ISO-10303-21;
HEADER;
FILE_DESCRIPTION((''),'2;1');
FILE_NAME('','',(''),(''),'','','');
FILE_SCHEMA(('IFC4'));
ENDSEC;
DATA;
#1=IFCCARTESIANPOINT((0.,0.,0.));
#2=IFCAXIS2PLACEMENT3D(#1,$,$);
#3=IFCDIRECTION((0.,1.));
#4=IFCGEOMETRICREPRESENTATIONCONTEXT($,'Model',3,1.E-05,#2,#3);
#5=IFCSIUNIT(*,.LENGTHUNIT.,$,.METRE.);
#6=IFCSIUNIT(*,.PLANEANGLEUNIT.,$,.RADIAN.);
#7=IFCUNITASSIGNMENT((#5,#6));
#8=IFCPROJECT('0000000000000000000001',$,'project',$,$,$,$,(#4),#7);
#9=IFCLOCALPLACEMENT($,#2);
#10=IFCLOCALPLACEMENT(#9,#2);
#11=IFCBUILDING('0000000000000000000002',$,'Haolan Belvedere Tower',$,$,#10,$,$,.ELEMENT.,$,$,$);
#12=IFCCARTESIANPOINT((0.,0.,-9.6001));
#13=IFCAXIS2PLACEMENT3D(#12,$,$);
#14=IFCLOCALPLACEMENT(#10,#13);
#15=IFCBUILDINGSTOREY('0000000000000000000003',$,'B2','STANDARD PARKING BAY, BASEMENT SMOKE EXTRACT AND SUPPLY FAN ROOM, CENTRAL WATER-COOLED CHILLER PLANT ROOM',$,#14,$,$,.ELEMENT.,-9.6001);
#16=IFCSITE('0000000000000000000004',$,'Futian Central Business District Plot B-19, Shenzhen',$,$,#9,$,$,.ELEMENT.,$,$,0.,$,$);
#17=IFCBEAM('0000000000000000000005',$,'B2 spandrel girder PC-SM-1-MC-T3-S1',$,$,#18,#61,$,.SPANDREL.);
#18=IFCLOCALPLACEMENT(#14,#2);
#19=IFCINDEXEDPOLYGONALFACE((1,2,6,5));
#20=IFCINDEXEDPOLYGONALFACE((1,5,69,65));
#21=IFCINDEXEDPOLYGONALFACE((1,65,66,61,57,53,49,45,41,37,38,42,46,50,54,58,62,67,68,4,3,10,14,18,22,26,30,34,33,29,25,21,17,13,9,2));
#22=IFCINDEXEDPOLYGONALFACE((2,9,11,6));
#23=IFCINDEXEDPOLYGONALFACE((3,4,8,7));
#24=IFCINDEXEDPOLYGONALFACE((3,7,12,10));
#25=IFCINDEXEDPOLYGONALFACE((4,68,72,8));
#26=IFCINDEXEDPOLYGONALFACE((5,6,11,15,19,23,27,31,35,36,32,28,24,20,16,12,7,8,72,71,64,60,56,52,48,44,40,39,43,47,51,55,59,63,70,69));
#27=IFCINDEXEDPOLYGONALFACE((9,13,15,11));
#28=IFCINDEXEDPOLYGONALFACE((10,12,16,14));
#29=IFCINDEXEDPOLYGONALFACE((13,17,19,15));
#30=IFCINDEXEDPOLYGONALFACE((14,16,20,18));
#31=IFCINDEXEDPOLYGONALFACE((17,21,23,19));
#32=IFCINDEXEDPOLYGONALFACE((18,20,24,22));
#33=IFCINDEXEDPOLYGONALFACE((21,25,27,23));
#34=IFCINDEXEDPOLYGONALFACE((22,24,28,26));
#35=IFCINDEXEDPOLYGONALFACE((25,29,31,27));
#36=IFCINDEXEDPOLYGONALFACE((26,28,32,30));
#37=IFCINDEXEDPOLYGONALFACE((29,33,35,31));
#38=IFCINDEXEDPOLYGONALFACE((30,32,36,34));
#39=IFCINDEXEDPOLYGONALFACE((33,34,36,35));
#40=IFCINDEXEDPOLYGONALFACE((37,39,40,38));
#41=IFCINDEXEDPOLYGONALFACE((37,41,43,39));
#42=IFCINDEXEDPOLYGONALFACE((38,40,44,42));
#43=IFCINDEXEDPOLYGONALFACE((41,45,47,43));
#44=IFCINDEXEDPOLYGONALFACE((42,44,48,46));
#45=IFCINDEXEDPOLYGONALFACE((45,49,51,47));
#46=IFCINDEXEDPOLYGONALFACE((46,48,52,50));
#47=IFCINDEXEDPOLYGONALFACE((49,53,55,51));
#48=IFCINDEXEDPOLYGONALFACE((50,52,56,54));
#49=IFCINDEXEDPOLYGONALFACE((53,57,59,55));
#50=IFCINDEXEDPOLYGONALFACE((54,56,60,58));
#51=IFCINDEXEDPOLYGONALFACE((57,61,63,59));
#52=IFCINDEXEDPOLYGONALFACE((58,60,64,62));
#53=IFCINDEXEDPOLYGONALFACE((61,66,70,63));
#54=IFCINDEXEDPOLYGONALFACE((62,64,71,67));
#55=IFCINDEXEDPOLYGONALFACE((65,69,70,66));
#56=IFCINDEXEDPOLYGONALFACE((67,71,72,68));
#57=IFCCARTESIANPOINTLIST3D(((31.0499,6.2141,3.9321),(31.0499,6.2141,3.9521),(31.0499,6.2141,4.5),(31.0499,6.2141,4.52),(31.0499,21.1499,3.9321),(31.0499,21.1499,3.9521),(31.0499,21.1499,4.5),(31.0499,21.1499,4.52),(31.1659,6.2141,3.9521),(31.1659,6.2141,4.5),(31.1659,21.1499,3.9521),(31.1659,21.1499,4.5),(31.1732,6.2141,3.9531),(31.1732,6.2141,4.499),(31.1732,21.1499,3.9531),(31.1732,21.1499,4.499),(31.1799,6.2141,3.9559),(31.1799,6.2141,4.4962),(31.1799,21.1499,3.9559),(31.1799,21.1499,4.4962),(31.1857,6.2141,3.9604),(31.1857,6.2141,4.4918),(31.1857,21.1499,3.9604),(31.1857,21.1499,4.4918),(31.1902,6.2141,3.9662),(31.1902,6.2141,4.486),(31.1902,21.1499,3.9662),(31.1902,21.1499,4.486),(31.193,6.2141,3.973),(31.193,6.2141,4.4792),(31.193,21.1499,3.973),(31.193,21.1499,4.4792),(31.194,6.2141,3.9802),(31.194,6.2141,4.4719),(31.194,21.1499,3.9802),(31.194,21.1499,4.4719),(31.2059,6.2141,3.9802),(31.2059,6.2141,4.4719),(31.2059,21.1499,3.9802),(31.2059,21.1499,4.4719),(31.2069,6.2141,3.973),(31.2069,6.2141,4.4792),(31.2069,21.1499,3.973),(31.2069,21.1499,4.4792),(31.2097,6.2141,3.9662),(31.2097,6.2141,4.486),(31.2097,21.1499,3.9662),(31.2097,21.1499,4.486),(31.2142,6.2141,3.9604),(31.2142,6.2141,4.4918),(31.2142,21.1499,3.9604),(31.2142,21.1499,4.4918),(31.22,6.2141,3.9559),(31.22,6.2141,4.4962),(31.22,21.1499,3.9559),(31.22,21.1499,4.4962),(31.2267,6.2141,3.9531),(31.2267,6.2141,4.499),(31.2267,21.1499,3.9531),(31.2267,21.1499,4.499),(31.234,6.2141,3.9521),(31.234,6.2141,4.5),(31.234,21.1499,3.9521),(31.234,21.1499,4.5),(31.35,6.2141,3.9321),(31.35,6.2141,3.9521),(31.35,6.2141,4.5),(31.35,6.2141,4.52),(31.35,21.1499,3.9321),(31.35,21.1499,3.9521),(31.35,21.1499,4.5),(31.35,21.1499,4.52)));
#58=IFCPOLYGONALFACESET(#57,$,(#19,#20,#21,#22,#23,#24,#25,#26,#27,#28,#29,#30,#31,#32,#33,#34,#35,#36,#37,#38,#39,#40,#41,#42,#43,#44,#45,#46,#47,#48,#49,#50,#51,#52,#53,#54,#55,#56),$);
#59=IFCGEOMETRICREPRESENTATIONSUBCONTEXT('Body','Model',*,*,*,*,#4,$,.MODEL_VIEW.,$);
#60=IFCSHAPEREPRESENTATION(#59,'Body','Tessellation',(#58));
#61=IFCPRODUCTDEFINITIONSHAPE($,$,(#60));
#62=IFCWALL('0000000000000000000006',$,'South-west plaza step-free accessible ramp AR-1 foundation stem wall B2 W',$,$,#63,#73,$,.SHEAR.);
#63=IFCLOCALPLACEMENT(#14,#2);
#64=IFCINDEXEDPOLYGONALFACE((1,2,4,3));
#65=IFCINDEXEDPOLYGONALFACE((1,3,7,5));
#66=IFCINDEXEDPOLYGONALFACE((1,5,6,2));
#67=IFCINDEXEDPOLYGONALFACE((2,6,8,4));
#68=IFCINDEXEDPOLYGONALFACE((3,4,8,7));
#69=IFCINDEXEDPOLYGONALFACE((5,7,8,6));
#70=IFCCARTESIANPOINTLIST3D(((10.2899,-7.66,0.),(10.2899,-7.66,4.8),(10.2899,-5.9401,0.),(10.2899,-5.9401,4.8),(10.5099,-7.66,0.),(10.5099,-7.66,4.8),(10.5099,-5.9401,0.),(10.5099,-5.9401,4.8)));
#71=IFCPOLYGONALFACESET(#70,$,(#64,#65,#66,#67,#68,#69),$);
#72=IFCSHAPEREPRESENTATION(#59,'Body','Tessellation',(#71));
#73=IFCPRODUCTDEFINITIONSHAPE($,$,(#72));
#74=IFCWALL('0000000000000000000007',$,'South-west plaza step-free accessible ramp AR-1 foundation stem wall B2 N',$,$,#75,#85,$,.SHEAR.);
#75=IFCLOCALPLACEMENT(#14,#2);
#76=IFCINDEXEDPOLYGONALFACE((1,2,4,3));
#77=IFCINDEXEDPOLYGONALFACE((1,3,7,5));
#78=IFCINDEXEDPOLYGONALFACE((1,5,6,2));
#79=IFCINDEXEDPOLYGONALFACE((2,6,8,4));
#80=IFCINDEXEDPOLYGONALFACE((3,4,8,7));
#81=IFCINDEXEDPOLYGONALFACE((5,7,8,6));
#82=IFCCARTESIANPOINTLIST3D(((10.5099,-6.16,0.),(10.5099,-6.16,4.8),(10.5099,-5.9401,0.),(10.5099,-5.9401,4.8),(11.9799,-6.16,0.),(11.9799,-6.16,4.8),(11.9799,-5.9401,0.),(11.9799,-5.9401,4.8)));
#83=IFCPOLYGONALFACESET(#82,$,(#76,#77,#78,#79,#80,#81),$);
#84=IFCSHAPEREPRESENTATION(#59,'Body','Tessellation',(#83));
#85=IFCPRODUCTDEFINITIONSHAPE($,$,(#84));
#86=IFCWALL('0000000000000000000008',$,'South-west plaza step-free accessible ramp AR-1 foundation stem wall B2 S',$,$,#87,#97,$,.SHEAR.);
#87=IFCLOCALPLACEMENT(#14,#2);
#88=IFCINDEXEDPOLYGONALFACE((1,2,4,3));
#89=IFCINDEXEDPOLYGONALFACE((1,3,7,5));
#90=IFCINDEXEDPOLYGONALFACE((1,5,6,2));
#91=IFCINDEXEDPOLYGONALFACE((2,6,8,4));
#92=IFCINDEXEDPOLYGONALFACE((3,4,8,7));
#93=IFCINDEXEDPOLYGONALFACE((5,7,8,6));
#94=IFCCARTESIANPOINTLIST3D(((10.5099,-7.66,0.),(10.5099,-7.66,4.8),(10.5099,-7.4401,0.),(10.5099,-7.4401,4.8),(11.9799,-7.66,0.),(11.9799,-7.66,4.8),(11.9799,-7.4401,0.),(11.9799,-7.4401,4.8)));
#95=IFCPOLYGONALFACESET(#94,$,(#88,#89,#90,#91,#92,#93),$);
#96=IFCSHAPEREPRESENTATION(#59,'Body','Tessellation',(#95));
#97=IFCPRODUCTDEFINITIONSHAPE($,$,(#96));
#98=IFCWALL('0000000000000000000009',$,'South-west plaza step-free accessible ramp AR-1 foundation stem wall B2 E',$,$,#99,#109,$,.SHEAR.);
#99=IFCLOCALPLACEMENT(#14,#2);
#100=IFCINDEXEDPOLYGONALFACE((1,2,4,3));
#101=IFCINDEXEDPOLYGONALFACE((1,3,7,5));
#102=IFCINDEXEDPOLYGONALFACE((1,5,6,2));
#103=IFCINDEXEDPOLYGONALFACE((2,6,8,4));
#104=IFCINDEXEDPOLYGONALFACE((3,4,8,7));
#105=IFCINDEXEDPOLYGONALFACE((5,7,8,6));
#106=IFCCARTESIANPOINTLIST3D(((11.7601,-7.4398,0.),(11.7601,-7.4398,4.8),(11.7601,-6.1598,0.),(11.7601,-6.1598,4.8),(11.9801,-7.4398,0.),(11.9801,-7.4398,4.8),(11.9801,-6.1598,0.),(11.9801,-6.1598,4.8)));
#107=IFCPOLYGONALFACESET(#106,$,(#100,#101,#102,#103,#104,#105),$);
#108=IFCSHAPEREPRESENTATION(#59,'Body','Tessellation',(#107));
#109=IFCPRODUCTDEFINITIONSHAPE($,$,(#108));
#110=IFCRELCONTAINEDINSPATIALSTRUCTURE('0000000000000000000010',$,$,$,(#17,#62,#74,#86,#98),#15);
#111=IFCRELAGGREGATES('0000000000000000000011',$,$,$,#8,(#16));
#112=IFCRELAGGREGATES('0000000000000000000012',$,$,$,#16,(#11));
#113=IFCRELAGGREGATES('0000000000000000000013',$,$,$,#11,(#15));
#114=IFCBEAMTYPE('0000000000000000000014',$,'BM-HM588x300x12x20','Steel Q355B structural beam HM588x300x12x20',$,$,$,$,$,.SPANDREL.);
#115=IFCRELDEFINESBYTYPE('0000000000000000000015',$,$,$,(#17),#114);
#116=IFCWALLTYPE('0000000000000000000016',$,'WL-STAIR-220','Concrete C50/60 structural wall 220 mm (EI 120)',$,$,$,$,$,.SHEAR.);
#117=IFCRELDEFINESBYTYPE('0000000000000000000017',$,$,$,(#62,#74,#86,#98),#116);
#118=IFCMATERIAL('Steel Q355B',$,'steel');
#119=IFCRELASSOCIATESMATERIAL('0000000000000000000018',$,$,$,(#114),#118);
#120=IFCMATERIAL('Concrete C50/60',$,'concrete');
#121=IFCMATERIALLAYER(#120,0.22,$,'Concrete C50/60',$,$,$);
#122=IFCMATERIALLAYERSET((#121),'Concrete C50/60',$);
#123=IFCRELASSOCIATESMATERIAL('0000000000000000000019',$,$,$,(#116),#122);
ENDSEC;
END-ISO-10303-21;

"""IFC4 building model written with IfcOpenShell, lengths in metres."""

from ifc_helpers import new_model, si_unit, direction, frame, frame_2d, origin, origin_2d, place, context, subcontext, project, spatial, rectangle, i_section, extrude, material, layer, layer_set, material_profile, profile_set, type_object, element, save


model = new_model("IFC4")

# Units and contexts
model_context = context("Model", 3, precision=1e-05, world=origin(), true_north=direction((0.0, 1.0)))
body_context = subcontext(model_context, "Body", "Model", "MODEL_VIEW")
ifc_project = project(units=[si_unit("LENGTHUNIT", "METRE"), si_unit("PLANEANGLEUNIT", "RADIAN")], contexts=[model_context])

# Site, building, storey
site_placement = place(None, origin())
site = spatial("IfcSite", under=ifc_project, at=site_placement, Name="Futian Central Business District Plot B-19, Shenzhen", CompositionType="ELEMENT", RefElevation=0.0)
building_placement = place(site_placement, origin())
building = spatial("IfcBuilding", under=site, at=building_placement, Name="Haolan Belvedere Tower", CompositionType="ELEMENT")
storey_placement = place(building_placement, frame((0.0, 0.0, -9.6001)))
storey = spatial("IfcBuildingStorey", under=building, at=storey_placement, Name="B2", Description="STANDARD PARKING BAY, BASEMENT SMOKE EXTRACT AND SUPPLY FAN ROOM, CENTRAL WATER-COOLED CHILLER PLANT ROOM", CompositionType="ELEMENT", Elevation=-9.6001)

# Shared definitions
ifc_material_1 = material(Name="Concrete C50/60", Category="concrete")

# Beam
ifc_material_2 = material(Name="Steel Q355B", Category="steel")
ifc_material_profile_1 = material_profile(ifc_material_2, i_section(OverallWidth=0.3, OverallDepth=0.5879, WebThickness=0.012, FlangeThickness=0.02, FilletRadius=0.0281, at=origin_2d()), Name="Steel Q355B")
ifc_profile_set_1 = profile_set([ifc_material_profile_1], Name="Steel Q355B")
beam_type = type_object("IfcBeamType", Name="BM-HM588x300x12x20", Description="Steel Q355B structural beam HM588x300x12x20", PredefinedType="SPANDREL", material=ifc_profile_set_1)
beam_1_placement = place(storey_placement, frame((31.2, 6.2141, 4.2261), z_axis=(0.0, 1.0, 0.0), x_axis=(-1.0, 0.0, 0.0)))
element("IfcBeam", 1, at=beam_1_placement, inside=storey, type_object=beam_type, Name="B2 spandrel girder PC-SM-1-MC-T3-S1", PredefinedType="SPANDREL", context=body_context, shape_type="SweptSolid", body=[
    extrude(i_section(OverallWidth=0.3, OverallDepth=0.5879, WebThickness=0.012, FlangeThickness=0.02, FilletRadius=0.0281, at=origin_2d()), origin(), (0.0, 0.0, 1.0), 14.9358),
])

# Walls
ifc_layer_1 = layer(ifc_material_1, 0.22, Name="Concrete C50/60")
ifc_layer_set_1 = layer_set([ifc_layer_1], Name="Concrete C50/60")
wall_type = type_object("IfcWallType", Name="WL-STAIR-220", Description="Concrete C50/60 structural wall 220 mm (EI 120)", PredefinedType="SHEAR", material=ifc_layer_set_1)
wall_1_placement = place(storey_placement, frame((10.3999, -7.6599, 0.0), z_axis=(0.0, 0.0, 1.0), x_axis=(0.0, 1.0, 0.0)))
element("IfcWall", 2, at=wall_1_placement, inside=storey, type_object=wall_type, Name="South-west plaza step-free accessible ramp AR-1 foundation stem wall B2 W", PredefinedType="SHEAR", context=body_context, shape_type="SweptSolid", body=[
    extrude(rectangle(XDim=1.72, YDim=0.22, at=frame_2d((0.8599, 0.0))), origin(), (0.0, 0.0, 1.0), 4.8),
])
for number, where, z_axis, x_axis, name in (
    (3, (10.51, -6.05, 0.0), (0.0, 0.0, 1.0), (1.0, 0.0, 0.0), "South-west plaza step-free accessible ramp AR-1 foundation stem wall B2 N"),
    (4, (10.51, -7.55, 0.0), (0.0, 0.0, 1.0), (1.0, 0.0, 0.0), "South-west plaza step-free accessible ramp AR-1 foundation stem wall B2 S"),
):
    element("IfcWall", number, at=place(storey_placement, frame(where, z_axis=z_axis, x_axis=x_axis)), inside=storey, type_object=wall_type, Name=name, PredefinedType="SHEAR", context=body_context, shape_type="SweptSolid", body=[
        extrude(rectangle(XDim=1.47, YDim=0.22, at=frame_2d((0.7349, 0.0))), origin(), (0.0, 0.0, 1.0), 4.8),
    ])
wall_2_placement = place(storey_placement, frame((11.8701, -7.4399, 0.0), z_axis=(0.0, 0.0, 1.0), x_axis=(0.0, 1.0, 0.0)))
element("IfcWall", 5, at=wall_2_placement, inside=storey, type_object=wall_type, Name="South-west plaza step-free accessible ramp AR-1 foundation stem wall B2 E", PredefinedType="SHEAR", context=body_context, shape_type="SweptSolid", body=[
    extrude(rectangle(XDim=1.28, YDim=0.22, at=frame_2d((0.6401, 0.0))), origin(), (0.0, 0.0, 1.0), 4.8),
])

save(model, "model.ifc")
